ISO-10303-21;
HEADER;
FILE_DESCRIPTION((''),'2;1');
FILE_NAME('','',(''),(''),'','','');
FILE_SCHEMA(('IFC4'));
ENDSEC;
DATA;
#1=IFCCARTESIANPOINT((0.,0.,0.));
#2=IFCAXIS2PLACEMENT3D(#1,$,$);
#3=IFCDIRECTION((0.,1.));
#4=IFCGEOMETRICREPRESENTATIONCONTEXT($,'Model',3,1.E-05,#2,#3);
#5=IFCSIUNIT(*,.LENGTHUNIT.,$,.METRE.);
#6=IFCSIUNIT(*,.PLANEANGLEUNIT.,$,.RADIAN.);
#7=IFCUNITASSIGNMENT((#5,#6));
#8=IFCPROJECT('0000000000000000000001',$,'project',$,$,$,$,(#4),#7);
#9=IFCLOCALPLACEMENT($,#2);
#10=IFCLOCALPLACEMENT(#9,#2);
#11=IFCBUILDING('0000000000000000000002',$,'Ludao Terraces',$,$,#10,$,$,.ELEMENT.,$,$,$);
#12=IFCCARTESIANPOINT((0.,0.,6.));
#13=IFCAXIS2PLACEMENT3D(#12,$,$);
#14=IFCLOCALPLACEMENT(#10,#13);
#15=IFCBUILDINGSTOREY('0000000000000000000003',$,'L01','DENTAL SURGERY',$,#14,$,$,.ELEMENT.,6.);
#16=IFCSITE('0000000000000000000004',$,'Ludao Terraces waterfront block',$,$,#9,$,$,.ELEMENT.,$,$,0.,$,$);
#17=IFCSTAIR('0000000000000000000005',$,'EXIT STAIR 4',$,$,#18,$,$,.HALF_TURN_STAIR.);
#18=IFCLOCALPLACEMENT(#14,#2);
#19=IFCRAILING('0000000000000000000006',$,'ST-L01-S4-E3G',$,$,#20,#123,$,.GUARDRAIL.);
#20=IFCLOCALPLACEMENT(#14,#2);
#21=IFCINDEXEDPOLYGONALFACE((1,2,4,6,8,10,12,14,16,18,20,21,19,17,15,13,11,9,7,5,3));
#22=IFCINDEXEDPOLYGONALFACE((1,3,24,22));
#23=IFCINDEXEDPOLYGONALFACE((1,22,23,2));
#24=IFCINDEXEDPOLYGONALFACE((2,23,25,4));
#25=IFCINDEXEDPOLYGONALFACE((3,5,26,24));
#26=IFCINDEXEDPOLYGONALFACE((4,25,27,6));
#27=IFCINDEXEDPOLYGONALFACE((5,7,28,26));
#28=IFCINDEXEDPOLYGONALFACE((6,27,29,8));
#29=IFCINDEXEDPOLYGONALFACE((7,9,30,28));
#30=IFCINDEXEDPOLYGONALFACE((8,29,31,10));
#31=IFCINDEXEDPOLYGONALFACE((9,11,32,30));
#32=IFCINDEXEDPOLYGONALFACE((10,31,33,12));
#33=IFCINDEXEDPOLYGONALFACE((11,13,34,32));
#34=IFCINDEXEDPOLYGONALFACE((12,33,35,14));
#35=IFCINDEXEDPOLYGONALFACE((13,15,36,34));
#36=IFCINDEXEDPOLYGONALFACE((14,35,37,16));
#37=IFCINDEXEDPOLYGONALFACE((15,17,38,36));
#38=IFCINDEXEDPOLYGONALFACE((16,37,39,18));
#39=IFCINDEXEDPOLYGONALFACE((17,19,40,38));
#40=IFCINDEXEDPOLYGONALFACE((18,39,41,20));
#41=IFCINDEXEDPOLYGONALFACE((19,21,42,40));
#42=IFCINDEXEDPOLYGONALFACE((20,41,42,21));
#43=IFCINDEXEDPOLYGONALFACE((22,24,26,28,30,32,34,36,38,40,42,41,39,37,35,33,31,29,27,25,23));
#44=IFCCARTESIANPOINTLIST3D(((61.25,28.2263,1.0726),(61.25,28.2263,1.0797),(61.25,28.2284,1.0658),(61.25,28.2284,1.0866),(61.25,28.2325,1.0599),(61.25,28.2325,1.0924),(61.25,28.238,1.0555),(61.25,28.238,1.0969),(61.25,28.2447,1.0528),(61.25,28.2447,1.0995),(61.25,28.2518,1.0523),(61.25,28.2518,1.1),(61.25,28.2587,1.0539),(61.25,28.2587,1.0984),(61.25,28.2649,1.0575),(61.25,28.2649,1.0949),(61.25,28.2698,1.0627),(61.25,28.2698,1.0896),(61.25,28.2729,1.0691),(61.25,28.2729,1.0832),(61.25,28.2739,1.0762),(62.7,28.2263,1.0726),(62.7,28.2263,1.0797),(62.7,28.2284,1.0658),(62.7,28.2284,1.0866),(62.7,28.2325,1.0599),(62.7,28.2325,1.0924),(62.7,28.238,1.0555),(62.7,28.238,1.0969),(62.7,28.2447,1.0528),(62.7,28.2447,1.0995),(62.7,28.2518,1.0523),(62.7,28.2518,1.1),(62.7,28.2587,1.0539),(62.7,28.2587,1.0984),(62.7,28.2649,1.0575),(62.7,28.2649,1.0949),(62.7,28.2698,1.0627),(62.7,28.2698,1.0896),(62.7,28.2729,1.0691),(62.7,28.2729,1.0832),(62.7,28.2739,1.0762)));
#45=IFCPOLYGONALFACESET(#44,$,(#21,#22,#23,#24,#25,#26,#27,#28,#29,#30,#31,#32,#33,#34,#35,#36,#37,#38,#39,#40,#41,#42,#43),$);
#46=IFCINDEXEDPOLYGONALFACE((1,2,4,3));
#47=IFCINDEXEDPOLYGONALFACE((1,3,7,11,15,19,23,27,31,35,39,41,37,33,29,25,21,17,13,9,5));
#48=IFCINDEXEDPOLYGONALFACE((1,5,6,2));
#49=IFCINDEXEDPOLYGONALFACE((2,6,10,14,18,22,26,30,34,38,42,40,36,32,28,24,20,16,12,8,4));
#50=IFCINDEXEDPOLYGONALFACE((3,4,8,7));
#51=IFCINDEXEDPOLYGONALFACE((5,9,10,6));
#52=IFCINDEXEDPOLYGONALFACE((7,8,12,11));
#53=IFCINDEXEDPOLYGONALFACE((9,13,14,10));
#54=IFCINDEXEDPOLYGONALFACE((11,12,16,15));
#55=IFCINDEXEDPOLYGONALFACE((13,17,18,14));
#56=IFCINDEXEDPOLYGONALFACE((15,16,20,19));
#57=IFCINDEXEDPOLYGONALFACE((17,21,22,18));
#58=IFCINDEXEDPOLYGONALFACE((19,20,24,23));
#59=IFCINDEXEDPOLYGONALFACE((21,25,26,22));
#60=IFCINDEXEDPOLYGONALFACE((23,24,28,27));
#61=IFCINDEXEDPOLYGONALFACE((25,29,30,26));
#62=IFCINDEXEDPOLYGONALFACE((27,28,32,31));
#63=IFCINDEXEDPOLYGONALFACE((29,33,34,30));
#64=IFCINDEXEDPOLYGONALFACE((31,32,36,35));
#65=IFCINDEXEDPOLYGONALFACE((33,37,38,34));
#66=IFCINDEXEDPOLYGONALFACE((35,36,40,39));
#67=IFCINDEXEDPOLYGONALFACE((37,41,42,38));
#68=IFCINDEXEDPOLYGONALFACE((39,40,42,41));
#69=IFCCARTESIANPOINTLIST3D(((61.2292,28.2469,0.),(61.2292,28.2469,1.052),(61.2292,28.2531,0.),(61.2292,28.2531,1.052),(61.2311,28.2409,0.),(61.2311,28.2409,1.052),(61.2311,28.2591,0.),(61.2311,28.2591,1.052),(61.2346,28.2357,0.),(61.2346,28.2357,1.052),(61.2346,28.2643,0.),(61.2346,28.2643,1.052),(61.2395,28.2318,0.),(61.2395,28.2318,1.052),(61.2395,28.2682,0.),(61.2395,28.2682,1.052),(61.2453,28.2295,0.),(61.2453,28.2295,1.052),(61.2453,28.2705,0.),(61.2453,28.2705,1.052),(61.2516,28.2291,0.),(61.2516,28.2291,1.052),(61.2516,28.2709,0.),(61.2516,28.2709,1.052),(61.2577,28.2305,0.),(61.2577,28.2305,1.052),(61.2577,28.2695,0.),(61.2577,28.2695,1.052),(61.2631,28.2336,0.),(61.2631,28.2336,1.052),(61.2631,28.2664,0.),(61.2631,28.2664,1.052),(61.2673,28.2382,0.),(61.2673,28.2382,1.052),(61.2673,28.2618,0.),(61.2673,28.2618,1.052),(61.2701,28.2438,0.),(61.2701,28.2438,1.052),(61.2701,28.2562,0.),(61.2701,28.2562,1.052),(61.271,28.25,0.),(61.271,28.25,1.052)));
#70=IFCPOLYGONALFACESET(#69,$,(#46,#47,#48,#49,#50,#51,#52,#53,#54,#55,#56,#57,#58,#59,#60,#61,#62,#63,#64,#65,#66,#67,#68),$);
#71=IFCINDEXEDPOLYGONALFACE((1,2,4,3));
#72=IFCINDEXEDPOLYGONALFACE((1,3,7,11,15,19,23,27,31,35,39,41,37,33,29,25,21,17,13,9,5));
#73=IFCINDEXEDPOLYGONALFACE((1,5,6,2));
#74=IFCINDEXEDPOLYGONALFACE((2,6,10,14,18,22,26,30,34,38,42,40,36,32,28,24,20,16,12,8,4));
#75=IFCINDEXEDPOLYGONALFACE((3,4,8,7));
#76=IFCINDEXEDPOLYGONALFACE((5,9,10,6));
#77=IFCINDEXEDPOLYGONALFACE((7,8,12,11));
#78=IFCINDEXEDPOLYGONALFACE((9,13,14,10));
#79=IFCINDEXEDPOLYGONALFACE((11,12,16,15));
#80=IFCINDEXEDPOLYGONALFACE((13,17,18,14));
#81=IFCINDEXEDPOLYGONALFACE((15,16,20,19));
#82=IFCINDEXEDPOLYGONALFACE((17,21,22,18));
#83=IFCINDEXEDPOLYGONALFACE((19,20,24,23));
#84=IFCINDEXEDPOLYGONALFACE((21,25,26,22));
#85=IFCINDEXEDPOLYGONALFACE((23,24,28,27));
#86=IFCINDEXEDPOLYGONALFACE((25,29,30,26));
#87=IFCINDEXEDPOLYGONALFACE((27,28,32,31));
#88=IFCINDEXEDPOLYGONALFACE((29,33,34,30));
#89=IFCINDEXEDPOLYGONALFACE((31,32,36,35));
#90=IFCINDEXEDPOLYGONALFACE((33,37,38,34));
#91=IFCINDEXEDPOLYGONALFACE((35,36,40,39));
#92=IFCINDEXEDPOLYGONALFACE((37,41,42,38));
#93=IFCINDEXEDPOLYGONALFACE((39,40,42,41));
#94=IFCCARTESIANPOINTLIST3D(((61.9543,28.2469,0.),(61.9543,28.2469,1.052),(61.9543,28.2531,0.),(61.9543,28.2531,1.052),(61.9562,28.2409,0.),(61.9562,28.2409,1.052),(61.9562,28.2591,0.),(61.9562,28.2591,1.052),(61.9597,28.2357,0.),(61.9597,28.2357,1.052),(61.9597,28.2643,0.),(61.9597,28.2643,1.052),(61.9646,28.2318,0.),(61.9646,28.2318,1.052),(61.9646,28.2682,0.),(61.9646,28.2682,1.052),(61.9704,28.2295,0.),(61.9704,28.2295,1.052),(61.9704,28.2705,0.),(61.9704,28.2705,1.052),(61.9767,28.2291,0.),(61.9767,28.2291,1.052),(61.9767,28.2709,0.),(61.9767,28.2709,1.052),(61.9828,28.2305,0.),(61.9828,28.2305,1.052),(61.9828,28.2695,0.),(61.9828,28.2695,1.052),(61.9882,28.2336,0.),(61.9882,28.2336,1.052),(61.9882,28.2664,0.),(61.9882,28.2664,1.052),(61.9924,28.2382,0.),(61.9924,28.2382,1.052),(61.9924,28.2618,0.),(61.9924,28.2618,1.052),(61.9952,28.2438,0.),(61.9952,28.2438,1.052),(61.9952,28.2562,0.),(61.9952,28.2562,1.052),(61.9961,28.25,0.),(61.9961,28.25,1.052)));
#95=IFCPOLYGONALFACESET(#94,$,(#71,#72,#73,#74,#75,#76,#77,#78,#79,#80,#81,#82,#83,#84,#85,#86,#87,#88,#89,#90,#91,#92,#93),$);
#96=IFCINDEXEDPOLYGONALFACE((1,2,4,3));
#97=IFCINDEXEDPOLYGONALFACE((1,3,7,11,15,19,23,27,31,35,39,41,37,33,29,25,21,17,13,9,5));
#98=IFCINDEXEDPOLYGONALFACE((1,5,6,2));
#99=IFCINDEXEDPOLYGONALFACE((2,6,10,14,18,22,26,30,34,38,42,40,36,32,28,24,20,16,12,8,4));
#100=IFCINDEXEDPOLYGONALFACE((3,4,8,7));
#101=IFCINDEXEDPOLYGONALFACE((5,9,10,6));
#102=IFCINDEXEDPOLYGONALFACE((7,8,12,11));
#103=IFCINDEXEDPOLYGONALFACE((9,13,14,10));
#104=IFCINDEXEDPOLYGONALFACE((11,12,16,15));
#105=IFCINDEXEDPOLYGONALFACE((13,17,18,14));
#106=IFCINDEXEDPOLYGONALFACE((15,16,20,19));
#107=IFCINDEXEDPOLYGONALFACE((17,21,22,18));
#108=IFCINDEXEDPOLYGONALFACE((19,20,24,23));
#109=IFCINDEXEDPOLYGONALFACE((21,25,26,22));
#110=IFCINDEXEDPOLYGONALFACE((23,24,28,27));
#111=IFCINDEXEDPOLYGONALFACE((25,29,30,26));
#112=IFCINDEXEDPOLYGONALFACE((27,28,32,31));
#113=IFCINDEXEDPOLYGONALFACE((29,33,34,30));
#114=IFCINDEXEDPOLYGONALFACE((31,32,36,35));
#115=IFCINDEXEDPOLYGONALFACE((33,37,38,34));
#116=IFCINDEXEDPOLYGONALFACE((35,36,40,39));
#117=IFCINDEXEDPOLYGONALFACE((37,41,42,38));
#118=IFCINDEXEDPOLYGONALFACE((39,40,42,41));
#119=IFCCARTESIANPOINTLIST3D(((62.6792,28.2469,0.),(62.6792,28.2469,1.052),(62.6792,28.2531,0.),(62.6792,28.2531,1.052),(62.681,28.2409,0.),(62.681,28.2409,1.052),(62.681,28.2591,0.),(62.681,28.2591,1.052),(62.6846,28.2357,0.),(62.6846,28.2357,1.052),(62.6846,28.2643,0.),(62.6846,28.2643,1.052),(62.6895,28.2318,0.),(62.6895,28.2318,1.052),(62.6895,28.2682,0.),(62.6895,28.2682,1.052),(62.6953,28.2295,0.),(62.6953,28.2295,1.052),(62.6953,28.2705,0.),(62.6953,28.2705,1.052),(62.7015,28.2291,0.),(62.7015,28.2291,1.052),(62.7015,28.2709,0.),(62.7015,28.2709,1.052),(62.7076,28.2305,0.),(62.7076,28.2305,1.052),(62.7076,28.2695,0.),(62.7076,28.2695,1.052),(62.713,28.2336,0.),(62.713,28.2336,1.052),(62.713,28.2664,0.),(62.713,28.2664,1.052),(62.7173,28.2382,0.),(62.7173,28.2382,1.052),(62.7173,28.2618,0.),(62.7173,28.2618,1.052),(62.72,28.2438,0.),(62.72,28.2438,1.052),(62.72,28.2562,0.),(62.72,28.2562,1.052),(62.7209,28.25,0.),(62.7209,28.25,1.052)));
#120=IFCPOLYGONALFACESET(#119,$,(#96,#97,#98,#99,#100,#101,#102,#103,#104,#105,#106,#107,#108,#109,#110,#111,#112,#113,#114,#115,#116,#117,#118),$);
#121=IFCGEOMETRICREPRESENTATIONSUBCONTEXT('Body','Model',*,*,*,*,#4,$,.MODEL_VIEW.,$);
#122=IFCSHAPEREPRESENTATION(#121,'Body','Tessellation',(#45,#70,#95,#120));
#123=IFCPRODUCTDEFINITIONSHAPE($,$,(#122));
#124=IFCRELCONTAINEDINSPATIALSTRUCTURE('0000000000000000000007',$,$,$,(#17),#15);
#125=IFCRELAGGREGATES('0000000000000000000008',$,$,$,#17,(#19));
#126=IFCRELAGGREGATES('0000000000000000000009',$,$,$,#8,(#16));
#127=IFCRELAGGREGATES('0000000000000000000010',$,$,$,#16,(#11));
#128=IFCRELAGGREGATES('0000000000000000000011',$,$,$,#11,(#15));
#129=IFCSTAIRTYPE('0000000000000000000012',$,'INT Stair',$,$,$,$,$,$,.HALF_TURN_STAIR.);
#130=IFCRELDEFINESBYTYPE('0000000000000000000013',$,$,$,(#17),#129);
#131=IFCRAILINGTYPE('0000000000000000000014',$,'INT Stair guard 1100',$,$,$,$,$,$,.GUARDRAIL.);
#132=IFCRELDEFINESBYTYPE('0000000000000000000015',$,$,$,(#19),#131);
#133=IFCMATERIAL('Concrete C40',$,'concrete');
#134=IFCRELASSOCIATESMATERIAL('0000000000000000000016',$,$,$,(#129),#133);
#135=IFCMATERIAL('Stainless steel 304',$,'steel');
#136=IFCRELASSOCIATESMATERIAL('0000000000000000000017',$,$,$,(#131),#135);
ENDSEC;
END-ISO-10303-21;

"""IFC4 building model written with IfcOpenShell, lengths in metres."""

from ifc_helpers import new_model, si_unit, direction, frame, origin, origin_2d, place, context, subcontext, project, spatial, circle, extrude, material, type_object, element, aggregate, save


model = new_model("IFC4")

# Units and contexts
model_context = context("Model", 3, precision=1e-05, world=origin(), true_north=direction((0.0, 1.0)))
body_context = subcontext(model_context, "Body", "Model", "MODEL_VIEW")
ifc_project = project(units=[si_unit("LENGTHUNIT", "METRE"), si_unit("PLANEANGLEUNIT", "RADIAN")], contexts=[model_context])

# Site, building, storey
site_placement = place(None, origin())
site = spatial("IfcSite", under=ifc_project, at=site_placement, Name="Ludao Terraces waterfront block", CompositionType="ELEMENT", RefElevation=0.0)
building_placement = place(site_placement, origin())
building = spatial("IfcBuilding", under=site, at=building_placement, Name="Ludao Terraces", CompositionType="ELEMENT")
storey_placement = place(building_placement, frame((0.0, 0.0, 6.0)))
storey = spatial("IfcBuildingStorey", under=building, at=storey_placement, Name="L01", Description="DENTAL SURGERY", CompositionType="ELEMENT", Elevation=6.0)

# Stair, railing
ifc_material_1 = material(Name="Concrete C40", Category="concrete")
stair_type = type_object("IfcStairType", Name="INT Stair", PredefinedType="HALF_TURN_STAIR", material=ifc_material_1)
stair_placement = place(storey_placement, origin())
stair = element("IfcStair", 1, at=stair_placement, inside=storey, type_object=stair_type, Name="EXIT STAIR 4", PredefinedType="HALF_TURN_STAIR")
ifc_material_2 = material(Name="Stainless steel 304", Category="steel")
railing_type_1 = type_object("IfcRailingType", Name="INT Stair guard 1100", PredefinedType="GUARDRAIL", material=ifc_material_2)
railing_1_placement = place(storey_placement, frame((61.25, 28.25, 0.0)))
railing_1 = element("IfcRailing", 2, at=railing_1_placement, type_object=railing_type_1, Name="ST-L01-S4-E3G", PredefinedType="GUARDRAIL", context=body_context, shape_type="SweptSolid", body=[
    extrude(circle(Radius=0.0239, at=origin_2d()), frame((0.0, 0.0, 1.0762), z_axis=(1.0, 0.0, 0.0), x_axis=(0.0, 1.0, 0.0)), (0.0, 0.0, 1.0), 1.45),
    extrude(circle(Radius=0.021, at=origin_2d()), origin(), (0.0, 0.0, 1.0), 1.052),
    extrude(circle(Radius=0.021, at=origin_2d()), frame((0.7251, 0.0, 0.0)), (0.0, 0.0, 1.0), 1.052),
    extrude(circle(Radius=0.021, at=origin_2d()), frame((1.45, 0.0, 0.0)), (0.0, 0.0, 1.0), 1.052),
])
aggregate(stair, [railing_1])

save(model, "model.ifc")
